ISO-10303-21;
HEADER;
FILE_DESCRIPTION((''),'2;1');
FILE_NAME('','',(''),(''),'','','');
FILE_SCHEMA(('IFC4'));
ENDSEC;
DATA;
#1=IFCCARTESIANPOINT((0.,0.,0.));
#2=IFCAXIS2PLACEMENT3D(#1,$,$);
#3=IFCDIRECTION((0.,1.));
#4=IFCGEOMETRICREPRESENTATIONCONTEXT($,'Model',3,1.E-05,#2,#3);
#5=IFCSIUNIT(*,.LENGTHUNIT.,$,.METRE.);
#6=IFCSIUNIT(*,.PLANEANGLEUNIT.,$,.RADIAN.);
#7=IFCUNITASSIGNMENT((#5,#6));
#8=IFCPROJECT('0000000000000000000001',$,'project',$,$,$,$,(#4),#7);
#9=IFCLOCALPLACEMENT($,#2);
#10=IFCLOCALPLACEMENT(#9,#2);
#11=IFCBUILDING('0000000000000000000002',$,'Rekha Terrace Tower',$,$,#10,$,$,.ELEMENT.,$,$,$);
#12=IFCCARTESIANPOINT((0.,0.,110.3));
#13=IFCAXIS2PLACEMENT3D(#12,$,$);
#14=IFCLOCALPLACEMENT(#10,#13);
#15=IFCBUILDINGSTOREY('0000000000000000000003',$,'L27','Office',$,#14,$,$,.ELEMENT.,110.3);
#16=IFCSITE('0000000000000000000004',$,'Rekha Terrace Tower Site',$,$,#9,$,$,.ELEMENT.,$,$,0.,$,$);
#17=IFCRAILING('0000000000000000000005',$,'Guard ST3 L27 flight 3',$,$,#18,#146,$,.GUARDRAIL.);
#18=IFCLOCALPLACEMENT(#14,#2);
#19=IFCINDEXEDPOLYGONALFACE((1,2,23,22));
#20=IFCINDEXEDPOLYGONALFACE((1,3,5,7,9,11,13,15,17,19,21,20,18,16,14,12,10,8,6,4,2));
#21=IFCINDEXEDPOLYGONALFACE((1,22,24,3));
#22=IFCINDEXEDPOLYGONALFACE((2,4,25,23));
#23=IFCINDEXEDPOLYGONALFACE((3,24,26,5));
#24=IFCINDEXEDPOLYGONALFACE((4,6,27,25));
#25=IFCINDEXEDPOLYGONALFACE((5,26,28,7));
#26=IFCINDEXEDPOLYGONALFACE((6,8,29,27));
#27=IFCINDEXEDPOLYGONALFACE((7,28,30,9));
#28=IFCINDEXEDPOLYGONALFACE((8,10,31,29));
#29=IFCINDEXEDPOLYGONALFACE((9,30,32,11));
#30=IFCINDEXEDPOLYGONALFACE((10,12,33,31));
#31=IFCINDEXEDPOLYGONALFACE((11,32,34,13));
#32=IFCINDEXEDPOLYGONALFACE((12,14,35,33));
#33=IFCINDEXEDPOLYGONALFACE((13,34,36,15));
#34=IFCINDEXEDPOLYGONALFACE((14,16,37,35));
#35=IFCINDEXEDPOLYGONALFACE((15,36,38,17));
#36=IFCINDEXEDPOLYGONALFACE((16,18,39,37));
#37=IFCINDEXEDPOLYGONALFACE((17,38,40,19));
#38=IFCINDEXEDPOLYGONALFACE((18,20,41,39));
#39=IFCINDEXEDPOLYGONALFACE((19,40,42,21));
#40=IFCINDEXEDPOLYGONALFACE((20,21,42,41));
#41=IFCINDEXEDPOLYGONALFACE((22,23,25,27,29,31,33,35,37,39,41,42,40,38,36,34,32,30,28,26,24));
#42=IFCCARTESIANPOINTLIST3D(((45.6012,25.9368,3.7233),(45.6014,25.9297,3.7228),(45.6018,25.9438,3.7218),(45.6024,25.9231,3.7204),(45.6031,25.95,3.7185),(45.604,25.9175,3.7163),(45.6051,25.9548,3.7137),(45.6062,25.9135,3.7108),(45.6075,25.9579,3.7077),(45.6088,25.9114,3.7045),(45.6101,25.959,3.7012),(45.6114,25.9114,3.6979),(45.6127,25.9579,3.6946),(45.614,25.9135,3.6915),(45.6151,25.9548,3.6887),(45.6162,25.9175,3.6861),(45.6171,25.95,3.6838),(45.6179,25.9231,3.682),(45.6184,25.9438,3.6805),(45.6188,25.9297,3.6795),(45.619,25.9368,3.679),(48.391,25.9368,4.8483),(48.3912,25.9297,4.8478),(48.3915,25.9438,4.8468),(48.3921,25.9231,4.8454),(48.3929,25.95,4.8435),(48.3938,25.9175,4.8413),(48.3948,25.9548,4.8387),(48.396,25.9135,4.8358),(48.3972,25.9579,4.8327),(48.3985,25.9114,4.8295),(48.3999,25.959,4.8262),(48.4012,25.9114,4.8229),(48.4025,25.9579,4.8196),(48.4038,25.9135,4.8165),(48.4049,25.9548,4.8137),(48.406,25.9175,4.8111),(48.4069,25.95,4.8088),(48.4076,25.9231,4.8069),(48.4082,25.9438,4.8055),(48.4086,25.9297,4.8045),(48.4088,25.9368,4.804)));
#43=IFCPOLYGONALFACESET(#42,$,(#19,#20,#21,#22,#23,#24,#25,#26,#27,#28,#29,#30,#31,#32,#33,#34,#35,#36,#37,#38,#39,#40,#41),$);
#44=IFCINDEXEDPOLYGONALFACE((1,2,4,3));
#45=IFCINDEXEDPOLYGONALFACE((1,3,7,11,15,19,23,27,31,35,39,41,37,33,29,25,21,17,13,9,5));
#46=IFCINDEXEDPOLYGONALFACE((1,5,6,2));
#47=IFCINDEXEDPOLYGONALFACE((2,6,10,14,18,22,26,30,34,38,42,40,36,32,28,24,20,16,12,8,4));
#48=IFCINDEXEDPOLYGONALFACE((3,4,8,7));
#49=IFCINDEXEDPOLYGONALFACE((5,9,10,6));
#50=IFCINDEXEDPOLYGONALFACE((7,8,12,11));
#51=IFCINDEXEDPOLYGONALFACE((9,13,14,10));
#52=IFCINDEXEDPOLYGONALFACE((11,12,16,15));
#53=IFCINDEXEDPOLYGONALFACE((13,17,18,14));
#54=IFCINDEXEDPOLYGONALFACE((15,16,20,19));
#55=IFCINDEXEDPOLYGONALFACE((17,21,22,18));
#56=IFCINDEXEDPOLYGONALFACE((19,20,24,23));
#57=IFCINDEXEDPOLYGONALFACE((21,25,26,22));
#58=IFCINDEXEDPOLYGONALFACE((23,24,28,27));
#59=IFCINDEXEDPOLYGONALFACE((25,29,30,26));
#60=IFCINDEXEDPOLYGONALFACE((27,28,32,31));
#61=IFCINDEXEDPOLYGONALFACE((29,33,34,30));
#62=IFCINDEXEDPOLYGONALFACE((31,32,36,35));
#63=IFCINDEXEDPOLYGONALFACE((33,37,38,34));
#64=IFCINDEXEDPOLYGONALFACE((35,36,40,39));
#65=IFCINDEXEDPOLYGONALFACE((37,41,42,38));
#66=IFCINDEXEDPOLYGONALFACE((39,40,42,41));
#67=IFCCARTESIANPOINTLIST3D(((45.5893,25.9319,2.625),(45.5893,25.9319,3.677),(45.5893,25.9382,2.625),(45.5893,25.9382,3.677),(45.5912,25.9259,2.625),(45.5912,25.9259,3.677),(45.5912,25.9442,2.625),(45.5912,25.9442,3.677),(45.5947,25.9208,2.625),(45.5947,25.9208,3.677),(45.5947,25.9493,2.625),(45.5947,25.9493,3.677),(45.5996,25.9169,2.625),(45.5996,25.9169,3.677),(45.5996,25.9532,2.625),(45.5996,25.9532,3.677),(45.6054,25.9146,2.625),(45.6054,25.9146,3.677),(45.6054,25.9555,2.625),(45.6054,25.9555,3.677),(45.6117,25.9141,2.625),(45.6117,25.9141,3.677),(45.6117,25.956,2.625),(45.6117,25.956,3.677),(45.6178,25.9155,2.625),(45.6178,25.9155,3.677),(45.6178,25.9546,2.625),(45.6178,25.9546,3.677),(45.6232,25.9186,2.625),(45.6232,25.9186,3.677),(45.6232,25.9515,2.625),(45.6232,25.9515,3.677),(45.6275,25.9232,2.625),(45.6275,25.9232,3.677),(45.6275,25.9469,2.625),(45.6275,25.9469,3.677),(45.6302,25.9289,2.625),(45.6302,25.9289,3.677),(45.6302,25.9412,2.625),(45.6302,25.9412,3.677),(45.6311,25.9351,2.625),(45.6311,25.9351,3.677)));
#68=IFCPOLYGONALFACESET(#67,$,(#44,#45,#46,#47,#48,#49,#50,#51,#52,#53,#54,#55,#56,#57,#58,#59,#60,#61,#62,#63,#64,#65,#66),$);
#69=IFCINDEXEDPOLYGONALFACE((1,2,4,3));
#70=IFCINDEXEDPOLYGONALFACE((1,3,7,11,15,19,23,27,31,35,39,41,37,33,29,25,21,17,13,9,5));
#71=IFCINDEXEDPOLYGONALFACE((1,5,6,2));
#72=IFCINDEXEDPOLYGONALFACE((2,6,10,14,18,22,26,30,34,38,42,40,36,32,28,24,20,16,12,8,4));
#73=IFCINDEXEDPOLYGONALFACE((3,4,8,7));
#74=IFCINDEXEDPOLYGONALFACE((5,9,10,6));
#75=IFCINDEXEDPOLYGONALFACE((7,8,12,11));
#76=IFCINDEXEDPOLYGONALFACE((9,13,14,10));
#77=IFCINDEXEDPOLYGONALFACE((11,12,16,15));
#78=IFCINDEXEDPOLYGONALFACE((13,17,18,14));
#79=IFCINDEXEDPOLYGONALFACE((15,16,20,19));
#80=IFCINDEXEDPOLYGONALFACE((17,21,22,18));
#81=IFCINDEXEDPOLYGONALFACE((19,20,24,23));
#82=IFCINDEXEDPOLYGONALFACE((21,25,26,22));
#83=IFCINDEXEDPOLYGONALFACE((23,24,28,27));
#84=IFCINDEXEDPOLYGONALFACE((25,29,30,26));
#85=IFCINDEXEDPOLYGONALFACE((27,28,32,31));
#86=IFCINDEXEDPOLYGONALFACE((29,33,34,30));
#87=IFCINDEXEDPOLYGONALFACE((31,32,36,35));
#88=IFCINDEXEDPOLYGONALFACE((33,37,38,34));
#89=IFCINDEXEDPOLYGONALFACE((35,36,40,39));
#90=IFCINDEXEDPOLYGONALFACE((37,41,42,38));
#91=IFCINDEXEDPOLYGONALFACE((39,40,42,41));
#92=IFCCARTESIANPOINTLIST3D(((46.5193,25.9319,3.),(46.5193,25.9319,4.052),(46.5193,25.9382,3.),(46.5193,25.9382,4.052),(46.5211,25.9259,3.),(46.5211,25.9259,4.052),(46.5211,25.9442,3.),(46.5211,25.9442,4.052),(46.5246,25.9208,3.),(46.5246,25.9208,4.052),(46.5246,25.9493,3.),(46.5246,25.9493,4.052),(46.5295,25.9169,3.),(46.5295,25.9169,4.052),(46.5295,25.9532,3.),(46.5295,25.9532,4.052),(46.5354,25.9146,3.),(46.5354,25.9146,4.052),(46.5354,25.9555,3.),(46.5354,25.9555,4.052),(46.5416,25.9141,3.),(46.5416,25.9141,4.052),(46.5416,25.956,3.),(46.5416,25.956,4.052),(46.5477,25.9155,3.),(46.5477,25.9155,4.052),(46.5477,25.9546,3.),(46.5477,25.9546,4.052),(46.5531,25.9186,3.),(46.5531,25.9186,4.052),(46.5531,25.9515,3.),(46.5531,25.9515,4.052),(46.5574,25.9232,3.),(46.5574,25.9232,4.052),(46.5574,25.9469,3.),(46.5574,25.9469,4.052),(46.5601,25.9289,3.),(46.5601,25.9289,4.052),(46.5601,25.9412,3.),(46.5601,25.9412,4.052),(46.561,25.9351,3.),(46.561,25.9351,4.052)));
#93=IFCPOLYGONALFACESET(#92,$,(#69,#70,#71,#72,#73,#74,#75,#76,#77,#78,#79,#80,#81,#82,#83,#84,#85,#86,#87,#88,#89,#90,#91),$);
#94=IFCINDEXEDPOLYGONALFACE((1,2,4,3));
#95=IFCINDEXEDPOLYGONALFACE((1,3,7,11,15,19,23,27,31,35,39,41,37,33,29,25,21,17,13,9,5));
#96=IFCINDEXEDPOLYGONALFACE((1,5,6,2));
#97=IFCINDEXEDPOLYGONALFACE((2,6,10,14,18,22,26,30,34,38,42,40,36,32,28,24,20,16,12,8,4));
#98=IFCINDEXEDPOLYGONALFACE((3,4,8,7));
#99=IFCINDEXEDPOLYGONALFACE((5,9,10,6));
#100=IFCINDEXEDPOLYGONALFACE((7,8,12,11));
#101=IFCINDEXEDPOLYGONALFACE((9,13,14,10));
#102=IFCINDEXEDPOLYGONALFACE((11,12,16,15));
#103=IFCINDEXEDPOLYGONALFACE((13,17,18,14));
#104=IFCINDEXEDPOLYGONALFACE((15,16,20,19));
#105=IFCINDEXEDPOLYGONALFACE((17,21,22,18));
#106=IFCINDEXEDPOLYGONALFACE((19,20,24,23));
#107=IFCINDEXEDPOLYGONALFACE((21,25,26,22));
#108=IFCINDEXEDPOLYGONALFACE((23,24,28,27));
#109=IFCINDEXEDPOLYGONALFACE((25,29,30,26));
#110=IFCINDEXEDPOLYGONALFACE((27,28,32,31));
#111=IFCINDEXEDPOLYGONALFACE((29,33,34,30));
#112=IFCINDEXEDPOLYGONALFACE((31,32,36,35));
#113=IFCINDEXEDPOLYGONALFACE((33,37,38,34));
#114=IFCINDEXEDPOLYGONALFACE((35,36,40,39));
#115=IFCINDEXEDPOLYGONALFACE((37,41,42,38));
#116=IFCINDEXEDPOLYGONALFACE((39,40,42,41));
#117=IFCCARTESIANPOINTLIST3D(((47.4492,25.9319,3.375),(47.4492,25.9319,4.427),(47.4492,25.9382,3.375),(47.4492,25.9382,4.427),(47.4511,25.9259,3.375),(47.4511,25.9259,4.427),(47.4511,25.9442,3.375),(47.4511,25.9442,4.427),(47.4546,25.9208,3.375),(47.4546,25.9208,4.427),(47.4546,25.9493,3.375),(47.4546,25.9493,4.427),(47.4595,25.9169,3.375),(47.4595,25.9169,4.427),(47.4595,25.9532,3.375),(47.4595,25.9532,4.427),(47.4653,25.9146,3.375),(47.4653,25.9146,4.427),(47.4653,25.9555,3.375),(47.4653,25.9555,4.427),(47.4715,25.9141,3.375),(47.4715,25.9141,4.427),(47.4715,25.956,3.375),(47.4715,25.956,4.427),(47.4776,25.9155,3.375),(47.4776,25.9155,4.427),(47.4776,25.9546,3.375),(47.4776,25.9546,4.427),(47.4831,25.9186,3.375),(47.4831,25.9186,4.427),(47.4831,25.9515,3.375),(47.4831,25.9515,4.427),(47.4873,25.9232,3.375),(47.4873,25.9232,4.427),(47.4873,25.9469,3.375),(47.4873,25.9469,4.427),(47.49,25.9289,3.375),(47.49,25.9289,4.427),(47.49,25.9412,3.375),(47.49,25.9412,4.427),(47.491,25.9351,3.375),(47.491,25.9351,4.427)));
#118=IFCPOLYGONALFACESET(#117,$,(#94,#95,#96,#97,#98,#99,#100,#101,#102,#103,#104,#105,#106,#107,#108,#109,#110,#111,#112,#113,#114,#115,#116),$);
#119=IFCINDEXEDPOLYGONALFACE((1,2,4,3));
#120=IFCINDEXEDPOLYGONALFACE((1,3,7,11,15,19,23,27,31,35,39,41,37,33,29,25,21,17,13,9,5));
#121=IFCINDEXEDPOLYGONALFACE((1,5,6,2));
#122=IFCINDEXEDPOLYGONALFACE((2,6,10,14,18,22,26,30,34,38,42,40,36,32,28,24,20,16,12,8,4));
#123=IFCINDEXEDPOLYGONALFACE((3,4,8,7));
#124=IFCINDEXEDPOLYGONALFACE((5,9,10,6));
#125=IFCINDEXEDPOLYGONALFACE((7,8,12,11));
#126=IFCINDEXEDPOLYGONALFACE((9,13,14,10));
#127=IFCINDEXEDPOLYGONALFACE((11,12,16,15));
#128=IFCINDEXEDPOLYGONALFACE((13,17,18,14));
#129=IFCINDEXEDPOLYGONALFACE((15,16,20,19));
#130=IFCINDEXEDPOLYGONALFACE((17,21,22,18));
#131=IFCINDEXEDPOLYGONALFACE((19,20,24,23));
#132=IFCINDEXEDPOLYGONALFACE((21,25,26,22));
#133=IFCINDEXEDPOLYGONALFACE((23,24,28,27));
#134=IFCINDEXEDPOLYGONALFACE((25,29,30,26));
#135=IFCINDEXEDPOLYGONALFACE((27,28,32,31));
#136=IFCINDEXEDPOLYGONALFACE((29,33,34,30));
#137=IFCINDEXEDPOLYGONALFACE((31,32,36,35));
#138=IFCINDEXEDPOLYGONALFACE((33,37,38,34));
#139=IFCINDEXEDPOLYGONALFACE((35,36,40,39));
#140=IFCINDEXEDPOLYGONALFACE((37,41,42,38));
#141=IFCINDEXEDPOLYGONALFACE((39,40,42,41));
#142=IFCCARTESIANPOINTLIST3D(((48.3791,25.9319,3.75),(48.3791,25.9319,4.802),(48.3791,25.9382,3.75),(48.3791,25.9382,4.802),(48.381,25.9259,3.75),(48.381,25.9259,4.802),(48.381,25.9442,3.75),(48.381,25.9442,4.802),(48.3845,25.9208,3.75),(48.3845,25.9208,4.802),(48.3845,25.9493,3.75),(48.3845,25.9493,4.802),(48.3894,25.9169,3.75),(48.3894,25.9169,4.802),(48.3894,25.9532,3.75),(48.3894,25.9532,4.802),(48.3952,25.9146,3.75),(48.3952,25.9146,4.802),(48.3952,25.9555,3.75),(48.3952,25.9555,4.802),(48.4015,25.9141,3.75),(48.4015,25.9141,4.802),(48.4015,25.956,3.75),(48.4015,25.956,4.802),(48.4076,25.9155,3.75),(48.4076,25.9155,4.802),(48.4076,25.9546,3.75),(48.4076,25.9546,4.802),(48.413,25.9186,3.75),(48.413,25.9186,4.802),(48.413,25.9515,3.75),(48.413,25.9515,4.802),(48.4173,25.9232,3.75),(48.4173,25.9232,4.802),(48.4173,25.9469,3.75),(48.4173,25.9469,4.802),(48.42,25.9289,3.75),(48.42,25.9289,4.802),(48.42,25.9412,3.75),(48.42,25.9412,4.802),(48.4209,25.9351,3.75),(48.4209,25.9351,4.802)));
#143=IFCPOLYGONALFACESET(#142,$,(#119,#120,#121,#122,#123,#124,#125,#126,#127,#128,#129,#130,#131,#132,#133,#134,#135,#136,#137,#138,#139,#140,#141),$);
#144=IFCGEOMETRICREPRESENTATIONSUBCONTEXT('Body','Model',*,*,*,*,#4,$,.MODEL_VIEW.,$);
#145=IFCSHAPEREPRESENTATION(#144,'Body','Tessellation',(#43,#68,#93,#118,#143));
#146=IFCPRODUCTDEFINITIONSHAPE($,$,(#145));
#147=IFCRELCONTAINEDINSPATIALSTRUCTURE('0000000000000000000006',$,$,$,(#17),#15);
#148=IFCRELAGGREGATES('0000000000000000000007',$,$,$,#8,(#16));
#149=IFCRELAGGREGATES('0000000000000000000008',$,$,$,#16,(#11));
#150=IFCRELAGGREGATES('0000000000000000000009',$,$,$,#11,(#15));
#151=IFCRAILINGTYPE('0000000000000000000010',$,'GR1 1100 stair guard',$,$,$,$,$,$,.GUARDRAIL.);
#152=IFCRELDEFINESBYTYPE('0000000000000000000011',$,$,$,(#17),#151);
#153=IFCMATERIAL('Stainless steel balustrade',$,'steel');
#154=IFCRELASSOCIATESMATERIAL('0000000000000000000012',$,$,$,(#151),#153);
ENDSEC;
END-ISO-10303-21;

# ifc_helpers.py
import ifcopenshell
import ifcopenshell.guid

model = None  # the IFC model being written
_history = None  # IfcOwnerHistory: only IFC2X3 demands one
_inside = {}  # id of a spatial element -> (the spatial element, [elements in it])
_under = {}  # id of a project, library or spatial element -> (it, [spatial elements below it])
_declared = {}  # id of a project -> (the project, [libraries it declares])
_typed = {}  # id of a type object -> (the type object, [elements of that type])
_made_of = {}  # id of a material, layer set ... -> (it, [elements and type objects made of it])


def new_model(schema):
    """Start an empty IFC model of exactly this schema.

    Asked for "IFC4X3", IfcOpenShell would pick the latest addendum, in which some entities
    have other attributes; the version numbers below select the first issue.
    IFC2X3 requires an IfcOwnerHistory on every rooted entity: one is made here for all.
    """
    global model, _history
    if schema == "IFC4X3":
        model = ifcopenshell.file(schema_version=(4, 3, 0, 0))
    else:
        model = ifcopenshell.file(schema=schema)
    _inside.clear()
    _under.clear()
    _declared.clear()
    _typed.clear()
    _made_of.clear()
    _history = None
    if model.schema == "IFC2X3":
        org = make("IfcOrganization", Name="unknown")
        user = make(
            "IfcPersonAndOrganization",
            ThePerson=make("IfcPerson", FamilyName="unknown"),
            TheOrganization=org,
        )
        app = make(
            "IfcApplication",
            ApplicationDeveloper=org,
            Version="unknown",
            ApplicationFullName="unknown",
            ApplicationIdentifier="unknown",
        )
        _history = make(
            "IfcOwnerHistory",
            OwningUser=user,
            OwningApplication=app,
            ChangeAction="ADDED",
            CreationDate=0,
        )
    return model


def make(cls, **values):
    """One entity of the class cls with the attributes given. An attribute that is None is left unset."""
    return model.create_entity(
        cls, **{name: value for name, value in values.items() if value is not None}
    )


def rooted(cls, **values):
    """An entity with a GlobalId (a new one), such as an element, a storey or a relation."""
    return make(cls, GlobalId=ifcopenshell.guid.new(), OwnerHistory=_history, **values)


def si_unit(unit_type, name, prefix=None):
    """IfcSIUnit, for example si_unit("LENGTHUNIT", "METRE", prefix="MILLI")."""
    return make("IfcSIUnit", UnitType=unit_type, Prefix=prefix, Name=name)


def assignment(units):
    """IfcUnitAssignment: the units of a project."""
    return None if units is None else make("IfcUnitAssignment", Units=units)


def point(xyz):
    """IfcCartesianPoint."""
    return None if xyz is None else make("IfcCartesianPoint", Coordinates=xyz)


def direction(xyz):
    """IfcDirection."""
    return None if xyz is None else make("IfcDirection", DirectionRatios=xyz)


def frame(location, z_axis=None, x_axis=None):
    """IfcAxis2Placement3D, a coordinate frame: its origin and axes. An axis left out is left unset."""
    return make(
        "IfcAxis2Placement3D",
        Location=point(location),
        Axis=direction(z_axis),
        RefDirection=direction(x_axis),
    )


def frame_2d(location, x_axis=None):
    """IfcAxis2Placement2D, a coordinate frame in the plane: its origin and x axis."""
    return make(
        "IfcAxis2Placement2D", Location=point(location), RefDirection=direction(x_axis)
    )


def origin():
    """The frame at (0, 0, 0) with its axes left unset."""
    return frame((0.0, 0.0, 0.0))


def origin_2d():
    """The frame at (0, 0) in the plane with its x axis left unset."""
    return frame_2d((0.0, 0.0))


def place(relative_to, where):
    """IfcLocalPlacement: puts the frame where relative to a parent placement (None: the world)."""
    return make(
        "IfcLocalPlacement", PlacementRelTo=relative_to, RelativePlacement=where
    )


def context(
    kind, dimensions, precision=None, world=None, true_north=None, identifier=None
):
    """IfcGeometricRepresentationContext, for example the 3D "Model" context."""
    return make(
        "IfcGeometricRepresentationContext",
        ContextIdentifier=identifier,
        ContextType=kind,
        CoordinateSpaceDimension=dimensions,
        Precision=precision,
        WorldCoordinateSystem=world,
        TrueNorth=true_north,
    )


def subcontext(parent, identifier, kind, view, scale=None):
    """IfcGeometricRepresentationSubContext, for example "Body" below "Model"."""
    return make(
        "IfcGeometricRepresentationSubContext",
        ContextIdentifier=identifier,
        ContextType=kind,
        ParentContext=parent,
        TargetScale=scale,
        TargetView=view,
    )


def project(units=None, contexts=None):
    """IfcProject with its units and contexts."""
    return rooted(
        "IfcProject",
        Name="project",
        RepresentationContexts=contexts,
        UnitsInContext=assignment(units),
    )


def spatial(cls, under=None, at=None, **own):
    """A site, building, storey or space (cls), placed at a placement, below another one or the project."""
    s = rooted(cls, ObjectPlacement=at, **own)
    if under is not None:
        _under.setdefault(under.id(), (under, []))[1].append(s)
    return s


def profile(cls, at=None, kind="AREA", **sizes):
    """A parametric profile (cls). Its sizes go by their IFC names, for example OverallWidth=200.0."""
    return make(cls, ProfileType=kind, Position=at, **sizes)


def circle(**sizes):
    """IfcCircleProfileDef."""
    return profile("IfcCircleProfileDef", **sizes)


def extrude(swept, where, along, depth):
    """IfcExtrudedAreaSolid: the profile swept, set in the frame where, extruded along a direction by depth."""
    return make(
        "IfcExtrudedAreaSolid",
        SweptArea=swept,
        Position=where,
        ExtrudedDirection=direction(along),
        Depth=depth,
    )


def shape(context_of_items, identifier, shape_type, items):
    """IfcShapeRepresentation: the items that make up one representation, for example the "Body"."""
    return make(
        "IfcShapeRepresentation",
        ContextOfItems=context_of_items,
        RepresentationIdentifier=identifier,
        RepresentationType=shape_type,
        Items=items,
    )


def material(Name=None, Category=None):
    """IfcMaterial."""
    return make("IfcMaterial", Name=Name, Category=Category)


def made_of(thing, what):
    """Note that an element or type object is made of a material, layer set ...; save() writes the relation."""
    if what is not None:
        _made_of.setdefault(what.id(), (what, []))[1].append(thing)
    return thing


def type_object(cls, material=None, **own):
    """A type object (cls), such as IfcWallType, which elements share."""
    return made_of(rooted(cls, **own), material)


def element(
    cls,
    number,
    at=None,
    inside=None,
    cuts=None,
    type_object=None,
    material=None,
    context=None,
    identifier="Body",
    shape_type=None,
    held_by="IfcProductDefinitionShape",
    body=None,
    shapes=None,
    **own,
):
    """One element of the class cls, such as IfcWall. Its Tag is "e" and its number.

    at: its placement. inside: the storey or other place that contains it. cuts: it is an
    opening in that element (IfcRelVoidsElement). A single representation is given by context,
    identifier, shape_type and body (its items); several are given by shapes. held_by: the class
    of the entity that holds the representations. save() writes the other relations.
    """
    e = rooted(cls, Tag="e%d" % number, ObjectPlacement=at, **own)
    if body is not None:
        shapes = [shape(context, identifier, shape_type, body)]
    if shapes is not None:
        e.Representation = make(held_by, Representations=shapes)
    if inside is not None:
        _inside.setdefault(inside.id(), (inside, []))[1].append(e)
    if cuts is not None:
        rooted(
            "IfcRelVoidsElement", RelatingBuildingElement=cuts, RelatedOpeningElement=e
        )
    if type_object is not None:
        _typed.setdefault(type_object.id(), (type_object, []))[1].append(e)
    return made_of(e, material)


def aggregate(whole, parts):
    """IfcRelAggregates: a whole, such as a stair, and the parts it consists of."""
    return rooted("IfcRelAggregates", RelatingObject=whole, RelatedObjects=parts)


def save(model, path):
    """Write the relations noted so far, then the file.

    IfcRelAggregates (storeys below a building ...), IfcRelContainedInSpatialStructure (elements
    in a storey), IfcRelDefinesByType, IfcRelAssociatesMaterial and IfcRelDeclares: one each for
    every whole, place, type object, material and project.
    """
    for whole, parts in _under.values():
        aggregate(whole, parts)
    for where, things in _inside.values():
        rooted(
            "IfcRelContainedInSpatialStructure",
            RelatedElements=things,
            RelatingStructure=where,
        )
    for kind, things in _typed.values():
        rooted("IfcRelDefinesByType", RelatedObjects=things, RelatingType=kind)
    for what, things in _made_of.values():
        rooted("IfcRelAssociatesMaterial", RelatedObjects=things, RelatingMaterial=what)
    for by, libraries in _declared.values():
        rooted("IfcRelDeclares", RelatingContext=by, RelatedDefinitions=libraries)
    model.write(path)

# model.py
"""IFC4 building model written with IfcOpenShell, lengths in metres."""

from ifc_helpers import new_model, si_unit, direction, frame, origin, origin_2d, place, context, subcontext, project, spatial, circle, extrude, material, type_object, element, save


model = new_model("IFC4")

# Units and contexts
model_context = context("Model", 3, precision=1e-05, world=origin(), true_north=direction((0.0, 1.0)))
body_context = subcontext(model_context, "Body", "Model", "MODEL_VIEW")
ifc_project = project(units=[si_unit("LENGTHUNIT", "METRE"), si_unit("PLANEANGLEUNIT", "RADIAN")], contexts=[model_context])

# Site, building, storey
site_placement = place(None, origin())
site = spatial("IfcSite", under=ifc_project, at=site_placement, Name="Rekha Terrace Tower Site", CompositionType="ELEMENT", RefElevation=0.0)
building_placement = place(site_placement, origin())
building = spatial("IfcBuilding", under=site, at=building_placement, Name="Rekha Terrace Tower", CompositionType="ELEMENT")
storey_placement = place(building_placement, frame((0.0, 0.0, 110.3)))
storey = spatial("IfcBuildingStorey", under=building, at=storey_placement, Name="L27", Description="Office", CompositionType="ELEMENT", Elevation=110.3)

# Railing
ifc_material_1 = material(Name="Stainless steel balustrade", Category="steel")
railing_type_1 = type_object("IfcRailingType", Name="GR1 1100 stair guard", PredefinedType="GUARDRAIL", material=ifc_material_1)
railing_1_placement = place(storey_placement, frame((45.6101, 25.9351, 2.625)))
element("IfcRailing", 1, at=railing_1_placement, inside=storey, type_object=railing_type_1, Name="Guard ST3 L27 flight 3", PredefinedType="GUARDRAIL", context=body_context, shape_type="SweptSolid", body=[
    extrude(circle(Radius=0.0239, at=origin_2d()), frame((0.0, 0.0, 1.0762), z_axis=(0.927432, 0.0, 0.373992), x_axis=(0.0, 1.0, 0.0)), (0.0, 0.0, 1.0), 3.0081),
    extrude(circle(Radius=0.021, at=origin_2d()), origin(), (0.0, 0.0, 1.0), 1.052),
    extrude(circle(Radius=0.021, at=origin_2d()), frame((0.9299, 0.0, 0.375)), (0.0, 0.0, 1.0), 1.052),
    extrude(circle(Radius=0.021, at=origin_2d()), frame((1.8599, 0.0, 0.75)), (0.0, 0.0, 1.0), 1.052),
    extrude(circle(Radius=0.021, at=origin_2d()), frame((2.7898, 0.0, 1.125)), (0.0, 0.0, 1.0), 1.052),
])

save(model, "model.ifc")
